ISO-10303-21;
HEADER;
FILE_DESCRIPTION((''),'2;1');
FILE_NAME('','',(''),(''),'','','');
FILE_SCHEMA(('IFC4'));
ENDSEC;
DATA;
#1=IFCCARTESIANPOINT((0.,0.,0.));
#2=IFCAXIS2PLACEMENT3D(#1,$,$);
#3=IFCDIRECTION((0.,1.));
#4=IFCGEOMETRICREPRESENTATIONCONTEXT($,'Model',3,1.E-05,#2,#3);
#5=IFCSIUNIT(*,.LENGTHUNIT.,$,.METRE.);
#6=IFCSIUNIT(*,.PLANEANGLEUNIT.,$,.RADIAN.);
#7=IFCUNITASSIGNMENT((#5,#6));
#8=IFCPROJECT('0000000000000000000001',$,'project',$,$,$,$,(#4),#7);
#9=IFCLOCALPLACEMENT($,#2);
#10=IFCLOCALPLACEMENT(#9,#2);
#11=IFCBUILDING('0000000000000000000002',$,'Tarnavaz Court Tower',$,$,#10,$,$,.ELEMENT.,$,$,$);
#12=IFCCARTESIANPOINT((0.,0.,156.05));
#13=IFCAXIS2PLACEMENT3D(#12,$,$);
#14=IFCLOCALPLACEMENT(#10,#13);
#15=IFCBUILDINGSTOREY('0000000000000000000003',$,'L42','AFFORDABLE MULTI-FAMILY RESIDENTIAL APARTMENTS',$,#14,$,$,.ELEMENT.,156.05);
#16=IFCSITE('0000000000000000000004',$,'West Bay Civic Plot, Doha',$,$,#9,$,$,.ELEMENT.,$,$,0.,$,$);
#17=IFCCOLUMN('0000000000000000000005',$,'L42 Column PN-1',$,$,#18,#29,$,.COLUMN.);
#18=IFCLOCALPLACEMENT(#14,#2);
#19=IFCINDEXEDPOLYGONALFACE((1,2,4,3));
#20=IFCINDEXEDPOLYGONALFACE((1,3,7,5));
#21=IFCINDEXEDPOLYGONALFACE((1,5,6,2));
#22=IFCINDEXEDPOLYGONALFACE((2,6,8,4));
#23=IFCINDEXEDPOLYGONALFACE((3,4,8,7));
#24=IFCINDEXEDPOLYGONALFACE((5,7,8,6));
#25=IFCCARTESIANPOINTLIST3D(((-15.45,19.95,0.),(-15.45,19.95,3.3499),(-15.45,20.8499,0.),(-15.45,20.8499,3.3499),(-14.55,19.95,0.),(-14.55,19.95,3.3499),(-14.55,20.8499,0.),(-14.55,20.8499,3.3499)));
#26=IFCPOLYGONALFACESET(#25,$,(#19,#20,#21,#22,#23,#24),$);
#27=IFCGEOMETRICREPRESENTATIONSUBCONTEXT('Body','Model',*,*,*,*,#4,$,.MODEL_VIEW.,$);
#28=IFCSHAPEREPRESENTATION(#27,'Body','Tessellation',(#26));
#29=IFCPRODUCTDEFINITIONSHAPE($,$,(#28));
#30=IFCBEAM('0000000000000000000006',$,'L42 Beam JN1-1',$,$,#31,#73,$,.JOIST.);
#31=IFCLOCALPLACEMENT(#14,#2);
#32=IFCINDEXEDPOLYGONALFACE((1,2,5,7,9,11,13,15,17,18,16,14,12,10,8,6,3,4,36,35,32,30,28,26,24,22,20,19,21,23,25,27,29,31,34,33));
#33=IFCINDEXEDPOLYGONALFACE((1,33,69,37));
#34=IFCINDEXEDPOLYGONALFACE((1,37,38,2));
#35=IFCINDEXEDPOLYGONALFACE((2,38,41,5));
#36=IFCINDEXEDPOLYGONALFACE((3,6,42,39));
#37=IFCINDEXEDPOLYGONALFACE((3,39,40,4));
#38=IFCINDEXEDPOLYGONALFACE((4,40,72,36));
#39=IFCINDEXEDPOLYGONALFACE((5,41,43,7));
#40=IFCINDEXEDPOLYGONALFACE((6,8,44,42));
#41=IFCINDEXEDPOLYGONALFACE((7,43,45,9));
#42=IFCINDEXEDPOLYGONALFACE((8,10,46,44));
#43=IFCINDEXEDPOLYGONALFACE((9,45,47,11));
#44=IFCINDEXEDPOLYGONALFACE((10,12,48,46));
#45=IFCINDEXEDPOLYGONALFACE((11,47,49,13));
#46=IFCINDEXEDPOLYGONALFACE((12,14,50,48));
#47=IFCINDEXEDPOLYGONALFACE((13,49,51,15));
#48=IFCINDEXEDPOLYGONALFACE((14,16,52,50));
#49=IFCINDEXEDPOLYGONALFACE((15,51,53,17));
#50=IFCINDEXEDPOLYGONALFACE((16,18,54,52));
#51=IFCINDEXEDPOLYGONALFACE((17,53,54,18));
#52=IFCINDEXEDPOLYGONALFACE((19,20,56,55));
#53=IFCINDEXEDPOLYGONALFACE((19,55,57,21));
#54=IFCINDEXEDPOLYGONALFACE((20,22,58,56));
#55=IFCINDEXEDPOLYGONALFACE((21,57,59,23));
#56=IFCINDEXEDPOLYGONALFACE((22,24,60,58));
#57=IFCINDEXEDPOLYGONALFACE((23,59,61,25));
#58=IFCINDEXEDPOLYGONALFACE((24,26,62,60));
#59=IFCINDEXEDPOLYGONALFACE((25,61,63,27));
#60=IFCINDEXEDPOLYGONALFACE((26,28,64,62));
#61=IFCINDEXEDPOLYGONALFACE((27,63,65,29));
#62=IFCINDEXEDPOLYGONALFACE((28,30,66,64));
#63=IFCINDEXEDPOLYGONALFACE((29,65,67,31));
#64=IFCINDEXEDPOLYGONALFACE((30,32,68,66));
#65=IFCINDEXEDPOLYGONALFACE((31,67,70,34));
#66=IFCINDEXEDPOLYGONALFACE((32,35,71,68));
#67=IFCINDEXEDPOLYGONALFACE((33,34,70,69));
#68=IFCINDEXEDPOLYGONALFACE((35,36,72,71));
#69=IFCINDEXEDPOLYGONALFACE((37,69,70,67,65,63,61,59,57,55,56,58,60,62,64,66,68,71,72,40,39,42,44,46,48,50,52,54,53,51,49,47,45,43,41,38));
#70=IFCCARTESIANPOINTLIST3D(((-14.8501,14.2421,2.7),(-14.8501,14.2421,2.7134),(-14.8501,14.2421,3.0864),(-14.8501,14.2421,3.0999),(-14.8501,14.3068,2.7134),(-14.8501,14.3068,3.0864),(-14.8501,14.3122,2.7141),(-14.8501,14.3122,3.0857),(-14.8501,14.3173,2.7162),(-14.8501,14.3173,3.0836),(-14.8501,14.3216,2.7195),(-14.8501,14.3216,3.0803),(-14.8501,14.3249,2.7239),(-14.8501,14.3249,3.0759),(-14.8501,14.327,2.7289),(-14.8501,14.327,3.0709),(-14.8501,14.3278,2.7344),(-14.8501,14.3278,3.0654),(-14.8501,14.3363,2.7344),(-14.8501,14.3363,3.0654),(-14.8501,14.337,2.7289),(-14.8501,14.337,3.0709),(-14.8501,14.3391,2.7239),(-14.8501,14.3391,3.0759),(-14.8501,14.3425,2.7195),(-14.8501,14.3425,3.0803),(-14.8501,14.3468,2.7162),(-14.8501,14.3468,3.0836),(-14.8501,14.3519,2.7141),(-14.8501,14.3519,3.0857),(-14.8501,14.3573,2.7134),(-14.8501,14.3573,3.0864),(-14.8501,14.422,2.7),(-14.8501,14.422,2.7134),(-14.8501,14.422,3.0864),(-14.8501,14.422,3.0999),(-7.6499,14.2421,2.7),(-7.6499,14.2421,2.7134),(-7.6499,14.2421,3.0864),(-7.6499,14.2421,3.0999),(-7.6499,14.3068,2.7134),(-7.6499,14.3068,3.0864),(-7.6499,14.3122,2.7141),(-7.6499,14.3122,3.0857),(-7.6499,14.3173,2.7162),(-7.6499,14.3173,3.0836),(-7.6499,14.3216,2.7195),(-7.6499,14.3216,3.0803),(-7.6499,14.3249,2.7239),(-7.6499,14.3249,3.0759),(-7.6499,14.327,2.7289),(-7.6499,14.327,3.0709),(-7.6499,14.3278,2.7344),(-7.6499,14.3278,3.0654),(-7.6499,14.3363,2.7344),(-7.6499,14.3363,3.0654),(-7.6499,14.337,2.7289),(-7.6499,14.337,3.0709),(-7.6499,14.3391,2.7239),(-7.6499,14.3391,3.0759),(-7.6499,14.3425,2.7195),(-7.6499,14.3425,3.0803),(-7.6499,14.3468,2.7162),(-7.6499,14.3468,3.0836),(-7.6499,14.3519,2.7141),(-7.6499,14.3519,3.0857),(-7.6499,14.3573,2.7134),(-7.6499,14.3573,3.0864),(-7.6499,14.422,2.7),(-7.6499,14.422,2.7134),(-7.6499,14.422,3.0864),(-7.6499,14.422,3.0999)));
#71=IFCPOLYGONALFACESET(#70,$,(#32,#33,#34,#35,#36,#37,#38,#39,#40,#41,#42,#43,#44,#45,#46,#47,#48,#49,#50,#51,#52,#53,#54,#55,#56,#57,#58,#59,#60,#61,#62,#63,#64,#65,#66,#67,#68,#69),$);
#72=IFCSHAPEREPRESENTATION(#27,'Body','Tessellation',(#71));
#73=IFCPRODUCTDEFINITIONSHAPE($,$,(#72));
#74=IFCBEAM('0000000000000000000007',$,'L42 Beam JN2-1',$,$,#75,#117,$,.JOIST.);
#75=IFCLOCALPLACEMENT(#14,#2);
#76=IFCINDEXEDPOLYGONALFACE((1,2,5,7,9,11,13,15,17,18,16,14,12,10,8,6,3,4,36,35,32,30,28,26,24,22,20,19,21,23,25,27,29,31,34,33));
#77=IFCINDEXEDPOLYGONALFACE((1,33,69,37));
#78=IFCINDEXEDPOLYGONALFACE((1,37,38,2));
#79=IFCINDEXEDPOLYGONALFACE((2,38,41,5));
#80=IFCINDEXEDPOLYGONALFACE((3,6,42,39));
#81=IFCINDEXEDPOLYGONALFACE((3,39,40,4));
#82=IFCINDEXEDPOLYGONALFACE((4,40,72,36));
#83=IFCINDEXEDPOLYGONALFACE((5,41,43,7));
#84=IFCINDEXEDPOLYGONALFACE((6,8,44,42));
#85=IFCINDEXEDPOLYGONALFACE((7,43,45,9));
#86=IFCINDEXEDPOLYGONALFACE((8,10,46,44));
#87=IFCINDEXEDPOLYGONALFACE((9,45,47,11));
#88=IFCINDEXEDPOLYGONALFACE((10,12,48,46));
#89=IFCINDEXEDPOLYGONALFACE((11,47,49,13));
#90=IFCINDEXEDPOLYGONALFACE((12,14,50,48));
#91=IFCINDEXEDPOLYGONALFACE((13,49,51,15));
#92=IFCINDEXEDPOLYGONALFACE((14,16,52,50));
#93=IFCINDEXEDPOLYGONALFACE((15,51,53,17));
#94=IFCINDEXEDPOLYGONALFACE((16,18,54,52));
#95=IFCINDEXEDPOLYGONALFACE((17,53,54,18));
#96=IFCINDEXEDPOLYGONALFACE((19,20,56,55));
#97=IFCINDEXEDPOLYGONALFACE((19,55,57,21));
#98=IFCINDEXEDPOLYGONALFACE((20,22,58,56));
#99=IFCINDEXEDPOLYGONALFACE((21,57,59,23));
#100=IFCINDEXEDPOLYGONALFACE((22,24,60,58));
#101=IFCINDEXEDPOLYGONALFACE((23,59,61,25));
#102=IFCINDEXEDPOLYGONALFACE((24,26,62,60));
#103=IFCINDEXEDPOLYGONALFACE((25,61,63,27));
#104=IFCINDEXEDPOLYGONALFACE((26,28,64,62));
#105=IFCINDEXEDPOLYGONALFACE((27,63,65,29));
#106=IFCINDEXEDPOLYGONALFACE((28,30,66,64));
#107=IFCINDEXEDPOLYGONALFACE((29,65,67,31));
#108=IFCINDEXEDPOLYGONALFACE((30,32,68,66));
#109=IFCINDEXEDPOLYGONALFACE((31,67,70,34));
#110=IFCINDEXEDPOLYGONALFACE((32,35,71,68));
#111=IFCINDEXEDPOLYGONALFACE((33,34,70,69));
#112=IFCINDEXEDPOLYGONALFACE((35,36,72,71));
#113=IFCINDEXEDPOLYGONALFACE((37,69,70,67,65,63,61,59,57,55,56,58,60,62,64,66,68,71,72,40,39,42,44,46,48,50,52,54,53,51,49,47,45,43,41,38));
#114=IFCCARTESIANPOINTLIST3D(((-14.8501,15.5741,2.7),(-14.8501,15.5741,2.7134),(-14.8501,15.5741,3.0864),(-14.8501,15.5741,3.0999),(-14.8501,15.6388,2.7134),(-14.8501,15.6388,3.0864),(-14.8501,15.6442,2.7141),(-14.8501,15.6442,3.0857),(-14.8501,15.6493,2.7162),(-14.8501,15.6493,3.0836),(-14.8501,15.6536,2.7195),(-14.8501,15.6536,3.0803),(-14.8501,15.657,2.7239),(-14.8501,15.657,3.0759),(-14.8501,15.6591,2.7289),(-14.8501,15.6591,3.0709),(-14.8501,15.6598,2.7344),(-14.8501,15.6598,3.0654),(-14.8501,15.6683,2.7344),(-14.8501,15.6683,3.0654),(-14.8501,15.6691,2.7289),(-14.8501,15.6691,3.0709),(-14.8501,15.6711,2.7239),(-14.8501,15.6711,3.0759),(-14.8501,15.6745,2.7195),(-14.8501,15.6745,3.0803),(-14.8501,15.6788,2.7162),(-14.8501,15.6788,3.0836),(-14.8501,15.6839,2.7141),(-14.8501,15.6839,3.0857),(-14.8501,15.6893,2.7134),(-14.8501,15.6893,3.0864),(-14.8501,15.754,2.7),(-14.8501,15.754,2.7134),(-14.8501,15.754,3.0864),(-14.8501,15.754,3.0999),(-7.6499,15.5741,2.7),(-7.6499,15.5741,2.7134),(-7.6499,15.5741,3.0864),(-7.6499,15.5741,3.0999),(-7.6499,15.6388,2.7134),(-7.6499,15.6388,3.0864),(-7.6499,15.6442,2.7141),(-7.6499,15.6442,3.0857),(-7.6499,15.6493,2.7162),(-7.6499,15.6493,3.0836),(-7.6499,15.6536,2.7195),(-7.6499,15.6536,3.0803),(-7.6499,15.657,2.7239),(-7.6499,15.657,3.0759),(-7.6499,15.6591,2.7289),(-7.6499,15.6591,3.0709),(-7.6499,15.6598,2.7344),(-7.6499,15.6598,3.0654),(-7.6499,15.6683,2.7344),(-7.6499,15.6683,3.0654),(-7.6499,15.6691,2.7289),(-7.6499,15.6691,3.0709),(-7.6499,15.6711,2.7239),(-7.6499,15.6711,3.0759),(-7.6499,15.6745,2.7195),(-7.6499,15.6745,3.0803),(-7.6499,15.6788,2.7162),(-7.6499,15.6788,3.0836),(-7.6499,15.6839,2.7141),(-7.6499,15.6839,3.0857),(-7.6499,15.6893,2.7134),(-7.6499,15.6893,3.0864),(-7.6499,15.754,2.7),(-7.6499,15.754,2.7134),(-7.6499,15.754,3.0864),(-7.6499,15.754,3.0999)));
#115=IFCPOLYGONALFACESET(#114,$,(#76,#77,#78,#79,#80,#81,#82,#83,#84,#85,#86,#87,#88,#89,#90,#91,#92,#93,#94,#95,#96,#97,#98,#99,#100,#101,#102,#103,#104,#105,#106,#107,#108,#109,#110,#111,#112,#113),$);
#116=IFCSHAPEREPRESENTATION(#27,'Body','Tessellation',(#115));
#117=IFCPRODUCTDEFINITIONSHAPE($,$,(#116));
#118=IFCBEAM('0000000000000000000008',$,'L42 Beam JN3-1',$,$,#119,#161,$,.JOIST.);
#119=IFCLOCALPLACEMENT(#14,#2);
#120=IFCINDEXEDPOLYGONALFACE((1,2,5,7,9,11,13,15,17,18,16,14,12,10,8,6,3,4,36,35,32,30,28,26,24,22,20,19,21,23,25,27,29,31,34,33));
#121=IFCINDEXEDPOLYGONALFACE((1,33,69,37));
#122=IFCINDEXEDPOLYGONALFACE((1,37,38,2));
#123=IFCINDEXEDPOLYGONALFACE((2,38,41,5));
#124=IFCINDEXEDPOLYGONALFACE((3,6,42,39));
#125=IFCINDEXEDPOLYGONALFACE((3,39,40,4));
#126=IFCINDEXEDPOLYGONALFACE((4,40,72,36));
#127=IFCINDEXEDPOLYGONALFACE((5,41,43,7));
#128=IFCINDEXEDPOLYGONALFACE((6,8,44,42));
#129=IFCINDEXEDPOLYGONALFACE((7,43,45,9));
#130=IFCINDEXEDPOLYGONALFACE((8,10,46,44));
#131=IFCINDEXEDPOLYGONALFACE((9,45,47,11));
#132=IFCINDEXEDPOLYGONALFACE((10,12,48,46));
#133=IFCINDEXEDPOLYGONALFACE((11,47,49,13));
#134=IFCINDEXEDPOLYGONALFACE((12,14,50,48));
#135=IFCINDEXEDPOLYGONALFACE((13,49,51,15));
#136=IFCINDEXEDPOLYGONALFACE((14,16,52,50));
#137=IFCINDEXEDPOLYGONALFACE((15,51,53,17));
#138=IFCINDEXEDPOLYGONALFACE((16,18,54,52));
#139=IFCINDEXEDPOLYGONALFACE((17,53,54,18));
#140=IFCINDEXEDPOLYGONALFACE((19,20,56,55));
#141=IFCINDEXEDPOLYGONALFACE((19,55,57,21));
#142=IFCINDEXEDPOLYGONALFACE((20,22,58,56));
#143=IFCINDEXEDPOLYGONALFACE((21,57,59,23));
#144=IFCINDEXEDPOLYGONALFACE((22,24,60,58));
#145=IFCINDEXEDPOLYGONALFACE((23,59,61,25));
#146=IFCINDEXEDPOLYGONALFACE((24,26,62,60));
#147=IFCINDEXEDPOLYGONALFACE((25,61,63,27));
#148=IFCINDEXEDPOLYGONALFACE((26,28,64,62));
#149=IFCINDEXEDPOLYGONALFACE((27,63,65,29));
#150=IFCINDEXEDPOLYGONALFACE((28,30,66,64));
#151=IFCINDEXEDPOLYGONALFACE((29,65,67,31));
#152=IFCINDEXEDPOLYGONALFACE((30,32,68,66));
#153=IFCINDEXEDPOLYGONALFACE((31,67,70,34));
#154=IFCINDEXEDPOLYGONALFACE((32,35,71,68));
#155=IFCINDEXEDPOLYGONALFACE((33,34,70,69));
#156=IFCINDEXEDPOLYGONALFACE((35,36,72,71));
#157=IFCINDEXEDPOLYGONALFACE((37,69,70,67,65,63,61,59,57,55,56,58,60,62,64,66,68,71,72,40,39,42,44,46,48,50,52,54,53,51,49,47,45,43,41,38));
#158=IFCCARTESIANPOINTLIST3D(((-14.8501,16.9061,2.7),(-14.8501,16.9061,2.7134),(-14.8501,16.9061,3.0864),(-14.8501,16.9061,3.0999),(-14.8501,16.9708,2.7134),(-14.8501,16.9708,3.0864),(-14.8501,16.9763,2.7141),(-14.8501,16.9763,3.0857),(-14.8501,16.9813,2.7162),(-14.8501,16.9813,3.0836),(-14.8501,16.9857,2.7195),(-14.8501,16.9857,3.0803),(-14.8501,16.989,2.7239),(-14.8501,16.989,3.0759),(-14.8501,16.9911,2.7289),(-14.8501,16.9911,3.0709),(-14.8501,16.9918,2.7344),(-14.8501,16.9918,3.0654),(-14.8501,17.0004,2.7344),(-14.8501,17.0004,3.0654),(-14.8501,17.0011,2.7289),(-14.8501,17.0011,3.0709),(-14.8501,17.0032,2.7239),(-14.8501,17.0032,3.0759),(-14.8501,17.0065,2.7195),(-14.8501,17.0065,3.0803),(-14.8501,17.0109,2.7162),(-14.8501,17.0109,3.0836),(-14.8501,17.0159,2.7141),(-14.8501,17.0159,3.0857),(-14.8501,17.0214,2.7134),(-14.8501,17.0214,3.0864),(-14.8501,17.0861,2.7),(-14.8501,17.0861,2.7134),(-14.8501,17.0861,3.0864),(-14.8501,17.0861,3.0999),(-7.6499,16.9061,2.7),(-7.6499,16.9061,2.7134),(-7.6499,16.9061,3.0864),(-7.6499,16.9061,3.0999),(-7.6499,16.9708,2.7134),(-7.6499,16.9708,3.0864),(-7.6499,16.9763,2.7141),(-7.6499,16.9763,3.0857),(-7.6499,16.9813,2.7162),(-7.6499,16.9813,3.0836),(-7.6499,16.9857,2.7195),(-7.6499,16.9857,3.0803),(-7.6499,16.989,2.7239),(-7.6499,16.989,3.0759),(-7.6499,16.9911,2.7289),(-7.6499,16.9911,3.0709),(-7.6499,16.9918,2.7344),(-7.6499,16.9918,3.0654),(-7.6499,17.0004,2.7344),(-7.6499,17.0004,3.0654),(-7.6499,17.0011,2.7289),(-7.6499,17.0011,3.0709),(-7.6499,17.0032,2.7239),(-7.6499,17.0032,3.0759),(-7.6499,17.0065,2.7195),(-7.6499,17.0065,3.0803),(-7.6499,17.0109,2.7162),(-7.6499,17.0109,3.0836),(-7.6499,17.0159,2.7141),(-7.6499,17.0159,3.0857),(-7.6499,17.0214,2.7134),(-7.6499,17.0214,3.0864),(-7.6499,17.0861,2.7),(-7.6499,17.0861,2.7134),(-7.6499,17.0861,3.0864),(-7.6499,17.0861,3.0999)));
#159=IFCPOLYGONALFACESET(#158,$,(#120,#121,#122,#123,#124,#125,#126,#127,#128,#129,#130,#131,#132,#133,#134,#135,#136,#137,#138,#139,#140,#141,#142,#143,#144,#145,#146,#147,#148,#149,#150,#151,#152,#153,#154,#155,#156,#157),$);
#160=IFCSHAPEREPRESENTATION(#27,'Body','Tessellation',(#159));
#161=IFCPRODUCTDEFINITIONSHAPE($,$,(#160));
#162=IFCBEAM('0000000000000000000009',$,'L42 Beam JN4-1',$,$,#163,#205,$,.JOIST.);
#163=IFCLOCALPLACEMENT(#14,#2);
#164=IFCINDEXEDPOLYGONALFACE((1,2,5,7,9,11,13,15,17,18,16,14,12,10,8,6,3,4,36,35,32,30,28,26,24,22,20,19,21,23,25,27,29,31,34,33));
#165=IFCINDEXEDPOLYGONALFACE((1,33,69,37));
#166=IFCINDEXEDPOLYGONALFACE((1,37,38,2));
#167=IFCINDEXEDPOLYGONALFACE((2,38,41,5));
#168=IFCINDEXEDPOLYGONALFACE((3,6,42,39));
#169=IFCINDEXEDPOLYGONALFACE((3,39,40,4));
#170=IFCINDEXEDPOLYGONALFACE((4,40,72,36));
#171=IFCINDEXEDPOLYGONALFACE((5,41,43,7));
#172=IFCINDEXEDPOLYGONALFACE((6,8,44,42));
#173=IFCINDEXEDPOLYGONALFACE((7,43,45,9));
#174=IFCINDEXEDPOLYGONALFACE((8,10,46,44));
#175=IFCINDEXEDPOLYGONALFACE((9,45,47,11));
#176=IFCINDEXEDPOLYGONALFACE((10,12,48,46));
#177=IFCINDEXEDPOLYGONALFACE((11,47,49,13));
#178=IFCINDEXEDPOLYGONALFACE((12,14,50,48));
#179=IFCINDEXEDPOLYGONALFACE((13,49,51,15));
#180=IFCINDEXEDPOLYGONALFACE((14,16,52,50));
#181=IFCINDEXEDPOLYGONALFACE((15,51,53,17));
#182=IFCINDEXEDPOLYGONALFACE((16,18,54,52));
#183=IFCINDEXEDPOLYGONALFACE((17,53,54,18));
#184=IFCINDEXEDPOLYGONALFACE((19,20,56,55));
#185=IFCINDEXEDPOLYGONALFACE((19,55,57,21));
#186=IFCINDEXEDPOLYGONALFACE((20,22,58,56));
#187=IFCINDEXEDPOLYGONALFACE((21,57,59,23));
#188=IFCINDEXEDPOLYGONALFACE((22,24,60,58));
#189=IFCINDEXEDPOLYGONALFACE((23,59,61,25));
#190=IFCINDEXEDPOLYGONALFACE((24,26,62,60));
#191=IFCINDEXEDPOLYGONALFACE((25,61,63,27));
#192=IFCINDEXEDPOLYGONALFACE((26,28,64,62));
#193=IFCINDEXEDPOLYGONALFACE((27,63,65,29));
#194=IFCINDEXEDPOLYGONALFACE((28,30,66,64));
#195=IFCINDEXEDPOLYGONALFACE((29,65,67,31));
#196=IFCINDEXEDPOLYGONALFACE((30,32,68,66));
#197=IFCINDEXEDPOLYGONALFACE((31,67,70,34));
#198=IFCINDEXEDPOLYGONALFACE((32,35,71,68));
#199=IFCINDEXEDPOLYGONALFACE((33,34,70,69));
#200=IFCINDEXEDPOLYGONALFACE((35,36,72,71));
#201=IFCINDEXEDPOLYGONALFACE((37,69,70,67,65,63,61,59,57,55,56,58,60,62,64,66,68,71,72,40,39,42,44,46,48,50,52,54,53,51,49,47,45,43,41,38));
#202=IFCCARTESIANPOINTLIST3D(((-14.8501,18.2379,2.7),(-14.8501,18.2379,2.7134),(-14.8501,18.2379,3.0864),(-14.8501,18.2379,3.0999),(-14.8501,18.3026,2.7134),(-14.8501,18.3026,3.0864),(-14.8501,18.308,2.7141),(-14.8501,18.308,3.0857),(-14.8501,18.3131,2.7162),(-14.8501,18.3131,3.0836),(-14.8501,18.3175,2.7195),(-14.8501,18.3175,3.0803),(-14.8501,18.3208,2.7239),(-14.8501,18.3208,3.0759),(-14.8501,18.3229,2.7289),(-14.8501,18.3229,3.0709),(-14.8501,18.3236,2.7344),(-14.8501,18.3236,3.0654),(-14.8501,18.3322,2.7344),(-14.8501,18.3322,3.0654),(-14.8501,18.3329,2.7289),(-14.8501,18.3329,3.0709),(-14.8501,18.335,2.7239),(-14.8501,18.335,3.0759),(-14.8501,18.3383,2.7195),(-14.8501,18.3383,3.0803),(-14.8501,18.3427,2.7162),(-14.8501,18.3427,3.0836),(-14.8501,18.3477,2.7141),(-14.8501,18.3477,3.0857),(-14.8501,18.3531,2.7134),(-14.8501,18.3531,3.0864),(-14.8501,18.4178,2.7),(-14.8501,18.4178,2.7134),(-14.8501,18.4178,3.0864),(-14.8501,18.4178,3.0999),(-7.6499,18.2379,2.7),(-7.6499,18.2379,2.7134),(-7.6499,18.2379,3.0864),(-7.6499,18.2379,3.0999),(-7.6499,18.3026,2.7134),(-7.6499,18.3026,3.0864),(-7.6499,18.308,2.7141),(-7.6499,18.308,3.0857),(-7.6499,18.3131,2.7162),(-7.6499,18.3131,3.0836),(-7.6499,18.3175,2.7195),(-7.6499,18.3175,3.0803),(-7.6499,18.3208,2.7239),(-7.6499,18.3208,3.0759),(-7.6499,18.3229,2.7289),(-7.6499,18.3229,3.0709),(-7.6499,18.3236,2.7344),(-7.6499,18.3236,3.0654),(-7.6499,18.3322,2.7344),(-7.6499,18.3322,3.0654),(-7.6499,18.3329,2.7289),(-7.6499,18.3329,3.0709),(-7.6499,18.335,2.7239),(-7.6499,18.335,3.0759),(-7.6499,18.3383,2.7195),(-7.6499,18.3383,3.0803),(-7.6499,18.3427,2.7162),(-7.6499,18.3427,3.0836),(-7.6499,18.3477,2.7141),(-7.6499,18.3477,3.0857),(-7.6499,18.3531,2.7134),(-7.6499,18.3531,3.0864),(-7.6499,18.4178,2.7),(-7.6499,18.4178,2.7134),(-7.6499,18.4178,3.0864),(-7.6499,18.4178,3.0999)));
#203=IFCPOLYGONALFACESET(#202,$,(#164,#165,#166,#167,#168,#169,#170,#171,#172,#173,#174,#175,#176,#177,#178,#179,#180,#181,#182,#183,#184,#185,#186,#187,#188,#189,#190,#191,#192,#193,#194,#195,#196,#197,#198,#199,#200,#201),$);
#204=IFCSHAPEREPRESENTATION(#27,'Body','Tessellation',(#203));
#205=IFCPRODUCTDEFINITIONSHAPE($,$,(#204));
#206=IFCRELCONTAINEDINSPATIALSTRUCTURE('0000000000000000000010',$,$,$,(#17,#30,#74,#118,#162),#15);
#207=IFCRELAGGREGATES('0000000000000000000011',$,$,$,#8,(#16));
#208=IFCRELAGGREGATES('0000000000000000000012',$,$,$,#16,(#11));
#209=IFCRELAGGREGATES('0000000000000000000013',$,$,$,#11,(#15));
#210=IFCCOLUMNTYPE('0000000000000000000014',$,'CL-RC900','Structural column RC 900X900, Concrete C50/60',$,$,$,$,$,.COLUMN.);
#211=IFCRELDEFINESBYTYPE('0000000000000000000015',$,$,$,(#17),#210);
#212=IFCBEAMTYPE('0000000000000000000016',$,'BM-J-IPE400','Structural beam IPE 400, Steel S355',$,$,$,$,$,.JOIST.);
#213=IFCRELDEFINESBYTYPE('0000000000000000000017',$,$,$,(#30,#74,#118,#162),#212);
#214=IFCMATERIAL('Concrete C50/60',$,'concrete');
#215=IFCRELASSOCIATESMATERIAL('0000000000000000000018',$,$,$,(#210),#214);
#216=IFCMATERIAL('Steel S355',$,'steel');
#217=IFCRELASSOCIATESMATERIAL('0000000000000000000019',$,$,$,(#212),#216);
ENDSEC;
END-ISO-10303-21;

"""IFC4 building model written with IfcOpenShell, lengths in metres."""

from ifc_helpers import new_model, si_unit, direction, frame, origin, origin_2d, place, context, subcontext, project, spatial, rectangle, i_section, extrude, material, material_profile, profile_set, type_object, element, save


model = new_model("IFC4")

# Units and contexts
model_context = context("Model", 3, precision=1e-05, world=origin(), true_north=direction((0.0, 1.0)))
body_context = subcontext(model_context, "Body", "Model", "MODEL_VIEW")
ifc_project = project(units=[si_unit("LENGTHUNIT", "METRE"), si_unit("PLANEANGLEUNIT", "RADIAN")], contexts=[model_context])

# Site, building, storey
site_placement = place(None, origin())
site = spatial("IfcSite", under=ifc_project, at=site_placement, Name="West Bay Civic Plot, Doha", CompositionType="ELEMENT", RefElevation=0.0)
building_placement = place(site_placement, origin())
building = spatial("IfcBuilding", under=site, at=building_placement, Name="Tarnavaz Court Tower", CompositionType="ELEMENT")
storey_placement = place(building_placement, frame((0.0, 0.0, 156.05)))
storey = spatial("IfcBuildingStorey", under=building, at=storey_placement, Name="L42", Description="AFFORDABLE MULTI-FAMILY RESIDENTIAL APARTMENTS", CompositionType="ELEMENT", Elevation=156.05)

# Column
ifc_material_1 = material(Name="Concrete C50/60", Category="concrete")
ifc_material_profile_1 = material_profile(ifc_material_1, rectangle(XDim=0.8999, YDim=0.8999, at=origin_2d()), Name="RC 900X900")
ifc_profile_set_1 = profile_set([ifc_material_profile_1], Name="Concrete C50/60")
column_type = type_object("IfcColumnType", Name="CL-RC900", Description="Structural column RC 900X900, Concrete C50/60", PredefinedType="COLUMN", material=ifc_profile_set_1)
column_placement = place(storey_placement, frame((-15.0, 20.3999, 0.0), z_axis=(0.0, 0.0, 1.0), x_axis=(1.0, 0.0, 0.0)))
element("IfcColumn", 1, at=column_placement, inside=storey, type_object=column_type, Name="L42 Column PN-1", PredefinedType="COLUMN", context=body_context, shape_type="SweptSolid", body=[
    extrude(rectangle(XDim=0.8999, YDim=0.8999, at=origin_2d()), origin(), (0.0, 0.0, 1.0), 3.3499),
])

# Beams
ifc_material_2 = material(Name="Steel S355", Category="steel")
ifc_material_profile_2 = material_profile(ifc_material_2, i_section(OverallWidth=0.1799, OverallDepth=0.3999, WebThickness=0.0085, FlangeThickness=0.0134, FilletRadius=0.021, at=origin_2d()), Name="IPE 400")
ifc_profile_set_2 = profile_set([ifc_material_profile_2], Name="Steel S355")
beam_type_1 = type_object("IfcBeamType", Name="BM-J-IPE400", Description="Structural beam IPE 400, Steel S355", PredefinedType="JOIST", material=ifc_profile_set_2)
for number, where, z_axis, x_axis, name in (
    (2, (-14.8501, 14.332, 2.8999), (1.0, 0.0, 0.0), (0.0, 1.0, 0.0), "L42 Beam JN1-1"),
    (3, (-14.8501, 15.6641, 2.8999), (1.0, 0.0, 0.0), (0.0, 1.0, 0.0), "L42 Beam JN2-1"),
    (4, (-14.8501, 16.9961, 2.8999), (1.0, 0.0, 0.0), (0.0, 1.0, 0.0), "L42 Beam JN3-1"),
    (5, (-14.8501, 18.3279, 2.8999), (1.0, 0.0, 0.0), (0.0, 1.0, 0.0), "L42 Beam JN4-1"),
):
    element("IfcBeam", number, at=place(storey_placement, frame(where, z_axis=z_axis, x_axis=x_axis)), inside=storey, type_object=beam_type_1, Name=name, PredefinedType="JOIST", context=body_context, shape_type="SweptSolid", body=[
        extrude(i_section(OverallWidth=0.1799, OverallDepth=0.3999, WebThickness=0.0085, FlangeThickness=0.0134, FilletRadius=0.021, at=origin_2d()), origin(), (0.0, 0.0, 1.0), 7.2002),
    ])

save(model, "model.ifc")
